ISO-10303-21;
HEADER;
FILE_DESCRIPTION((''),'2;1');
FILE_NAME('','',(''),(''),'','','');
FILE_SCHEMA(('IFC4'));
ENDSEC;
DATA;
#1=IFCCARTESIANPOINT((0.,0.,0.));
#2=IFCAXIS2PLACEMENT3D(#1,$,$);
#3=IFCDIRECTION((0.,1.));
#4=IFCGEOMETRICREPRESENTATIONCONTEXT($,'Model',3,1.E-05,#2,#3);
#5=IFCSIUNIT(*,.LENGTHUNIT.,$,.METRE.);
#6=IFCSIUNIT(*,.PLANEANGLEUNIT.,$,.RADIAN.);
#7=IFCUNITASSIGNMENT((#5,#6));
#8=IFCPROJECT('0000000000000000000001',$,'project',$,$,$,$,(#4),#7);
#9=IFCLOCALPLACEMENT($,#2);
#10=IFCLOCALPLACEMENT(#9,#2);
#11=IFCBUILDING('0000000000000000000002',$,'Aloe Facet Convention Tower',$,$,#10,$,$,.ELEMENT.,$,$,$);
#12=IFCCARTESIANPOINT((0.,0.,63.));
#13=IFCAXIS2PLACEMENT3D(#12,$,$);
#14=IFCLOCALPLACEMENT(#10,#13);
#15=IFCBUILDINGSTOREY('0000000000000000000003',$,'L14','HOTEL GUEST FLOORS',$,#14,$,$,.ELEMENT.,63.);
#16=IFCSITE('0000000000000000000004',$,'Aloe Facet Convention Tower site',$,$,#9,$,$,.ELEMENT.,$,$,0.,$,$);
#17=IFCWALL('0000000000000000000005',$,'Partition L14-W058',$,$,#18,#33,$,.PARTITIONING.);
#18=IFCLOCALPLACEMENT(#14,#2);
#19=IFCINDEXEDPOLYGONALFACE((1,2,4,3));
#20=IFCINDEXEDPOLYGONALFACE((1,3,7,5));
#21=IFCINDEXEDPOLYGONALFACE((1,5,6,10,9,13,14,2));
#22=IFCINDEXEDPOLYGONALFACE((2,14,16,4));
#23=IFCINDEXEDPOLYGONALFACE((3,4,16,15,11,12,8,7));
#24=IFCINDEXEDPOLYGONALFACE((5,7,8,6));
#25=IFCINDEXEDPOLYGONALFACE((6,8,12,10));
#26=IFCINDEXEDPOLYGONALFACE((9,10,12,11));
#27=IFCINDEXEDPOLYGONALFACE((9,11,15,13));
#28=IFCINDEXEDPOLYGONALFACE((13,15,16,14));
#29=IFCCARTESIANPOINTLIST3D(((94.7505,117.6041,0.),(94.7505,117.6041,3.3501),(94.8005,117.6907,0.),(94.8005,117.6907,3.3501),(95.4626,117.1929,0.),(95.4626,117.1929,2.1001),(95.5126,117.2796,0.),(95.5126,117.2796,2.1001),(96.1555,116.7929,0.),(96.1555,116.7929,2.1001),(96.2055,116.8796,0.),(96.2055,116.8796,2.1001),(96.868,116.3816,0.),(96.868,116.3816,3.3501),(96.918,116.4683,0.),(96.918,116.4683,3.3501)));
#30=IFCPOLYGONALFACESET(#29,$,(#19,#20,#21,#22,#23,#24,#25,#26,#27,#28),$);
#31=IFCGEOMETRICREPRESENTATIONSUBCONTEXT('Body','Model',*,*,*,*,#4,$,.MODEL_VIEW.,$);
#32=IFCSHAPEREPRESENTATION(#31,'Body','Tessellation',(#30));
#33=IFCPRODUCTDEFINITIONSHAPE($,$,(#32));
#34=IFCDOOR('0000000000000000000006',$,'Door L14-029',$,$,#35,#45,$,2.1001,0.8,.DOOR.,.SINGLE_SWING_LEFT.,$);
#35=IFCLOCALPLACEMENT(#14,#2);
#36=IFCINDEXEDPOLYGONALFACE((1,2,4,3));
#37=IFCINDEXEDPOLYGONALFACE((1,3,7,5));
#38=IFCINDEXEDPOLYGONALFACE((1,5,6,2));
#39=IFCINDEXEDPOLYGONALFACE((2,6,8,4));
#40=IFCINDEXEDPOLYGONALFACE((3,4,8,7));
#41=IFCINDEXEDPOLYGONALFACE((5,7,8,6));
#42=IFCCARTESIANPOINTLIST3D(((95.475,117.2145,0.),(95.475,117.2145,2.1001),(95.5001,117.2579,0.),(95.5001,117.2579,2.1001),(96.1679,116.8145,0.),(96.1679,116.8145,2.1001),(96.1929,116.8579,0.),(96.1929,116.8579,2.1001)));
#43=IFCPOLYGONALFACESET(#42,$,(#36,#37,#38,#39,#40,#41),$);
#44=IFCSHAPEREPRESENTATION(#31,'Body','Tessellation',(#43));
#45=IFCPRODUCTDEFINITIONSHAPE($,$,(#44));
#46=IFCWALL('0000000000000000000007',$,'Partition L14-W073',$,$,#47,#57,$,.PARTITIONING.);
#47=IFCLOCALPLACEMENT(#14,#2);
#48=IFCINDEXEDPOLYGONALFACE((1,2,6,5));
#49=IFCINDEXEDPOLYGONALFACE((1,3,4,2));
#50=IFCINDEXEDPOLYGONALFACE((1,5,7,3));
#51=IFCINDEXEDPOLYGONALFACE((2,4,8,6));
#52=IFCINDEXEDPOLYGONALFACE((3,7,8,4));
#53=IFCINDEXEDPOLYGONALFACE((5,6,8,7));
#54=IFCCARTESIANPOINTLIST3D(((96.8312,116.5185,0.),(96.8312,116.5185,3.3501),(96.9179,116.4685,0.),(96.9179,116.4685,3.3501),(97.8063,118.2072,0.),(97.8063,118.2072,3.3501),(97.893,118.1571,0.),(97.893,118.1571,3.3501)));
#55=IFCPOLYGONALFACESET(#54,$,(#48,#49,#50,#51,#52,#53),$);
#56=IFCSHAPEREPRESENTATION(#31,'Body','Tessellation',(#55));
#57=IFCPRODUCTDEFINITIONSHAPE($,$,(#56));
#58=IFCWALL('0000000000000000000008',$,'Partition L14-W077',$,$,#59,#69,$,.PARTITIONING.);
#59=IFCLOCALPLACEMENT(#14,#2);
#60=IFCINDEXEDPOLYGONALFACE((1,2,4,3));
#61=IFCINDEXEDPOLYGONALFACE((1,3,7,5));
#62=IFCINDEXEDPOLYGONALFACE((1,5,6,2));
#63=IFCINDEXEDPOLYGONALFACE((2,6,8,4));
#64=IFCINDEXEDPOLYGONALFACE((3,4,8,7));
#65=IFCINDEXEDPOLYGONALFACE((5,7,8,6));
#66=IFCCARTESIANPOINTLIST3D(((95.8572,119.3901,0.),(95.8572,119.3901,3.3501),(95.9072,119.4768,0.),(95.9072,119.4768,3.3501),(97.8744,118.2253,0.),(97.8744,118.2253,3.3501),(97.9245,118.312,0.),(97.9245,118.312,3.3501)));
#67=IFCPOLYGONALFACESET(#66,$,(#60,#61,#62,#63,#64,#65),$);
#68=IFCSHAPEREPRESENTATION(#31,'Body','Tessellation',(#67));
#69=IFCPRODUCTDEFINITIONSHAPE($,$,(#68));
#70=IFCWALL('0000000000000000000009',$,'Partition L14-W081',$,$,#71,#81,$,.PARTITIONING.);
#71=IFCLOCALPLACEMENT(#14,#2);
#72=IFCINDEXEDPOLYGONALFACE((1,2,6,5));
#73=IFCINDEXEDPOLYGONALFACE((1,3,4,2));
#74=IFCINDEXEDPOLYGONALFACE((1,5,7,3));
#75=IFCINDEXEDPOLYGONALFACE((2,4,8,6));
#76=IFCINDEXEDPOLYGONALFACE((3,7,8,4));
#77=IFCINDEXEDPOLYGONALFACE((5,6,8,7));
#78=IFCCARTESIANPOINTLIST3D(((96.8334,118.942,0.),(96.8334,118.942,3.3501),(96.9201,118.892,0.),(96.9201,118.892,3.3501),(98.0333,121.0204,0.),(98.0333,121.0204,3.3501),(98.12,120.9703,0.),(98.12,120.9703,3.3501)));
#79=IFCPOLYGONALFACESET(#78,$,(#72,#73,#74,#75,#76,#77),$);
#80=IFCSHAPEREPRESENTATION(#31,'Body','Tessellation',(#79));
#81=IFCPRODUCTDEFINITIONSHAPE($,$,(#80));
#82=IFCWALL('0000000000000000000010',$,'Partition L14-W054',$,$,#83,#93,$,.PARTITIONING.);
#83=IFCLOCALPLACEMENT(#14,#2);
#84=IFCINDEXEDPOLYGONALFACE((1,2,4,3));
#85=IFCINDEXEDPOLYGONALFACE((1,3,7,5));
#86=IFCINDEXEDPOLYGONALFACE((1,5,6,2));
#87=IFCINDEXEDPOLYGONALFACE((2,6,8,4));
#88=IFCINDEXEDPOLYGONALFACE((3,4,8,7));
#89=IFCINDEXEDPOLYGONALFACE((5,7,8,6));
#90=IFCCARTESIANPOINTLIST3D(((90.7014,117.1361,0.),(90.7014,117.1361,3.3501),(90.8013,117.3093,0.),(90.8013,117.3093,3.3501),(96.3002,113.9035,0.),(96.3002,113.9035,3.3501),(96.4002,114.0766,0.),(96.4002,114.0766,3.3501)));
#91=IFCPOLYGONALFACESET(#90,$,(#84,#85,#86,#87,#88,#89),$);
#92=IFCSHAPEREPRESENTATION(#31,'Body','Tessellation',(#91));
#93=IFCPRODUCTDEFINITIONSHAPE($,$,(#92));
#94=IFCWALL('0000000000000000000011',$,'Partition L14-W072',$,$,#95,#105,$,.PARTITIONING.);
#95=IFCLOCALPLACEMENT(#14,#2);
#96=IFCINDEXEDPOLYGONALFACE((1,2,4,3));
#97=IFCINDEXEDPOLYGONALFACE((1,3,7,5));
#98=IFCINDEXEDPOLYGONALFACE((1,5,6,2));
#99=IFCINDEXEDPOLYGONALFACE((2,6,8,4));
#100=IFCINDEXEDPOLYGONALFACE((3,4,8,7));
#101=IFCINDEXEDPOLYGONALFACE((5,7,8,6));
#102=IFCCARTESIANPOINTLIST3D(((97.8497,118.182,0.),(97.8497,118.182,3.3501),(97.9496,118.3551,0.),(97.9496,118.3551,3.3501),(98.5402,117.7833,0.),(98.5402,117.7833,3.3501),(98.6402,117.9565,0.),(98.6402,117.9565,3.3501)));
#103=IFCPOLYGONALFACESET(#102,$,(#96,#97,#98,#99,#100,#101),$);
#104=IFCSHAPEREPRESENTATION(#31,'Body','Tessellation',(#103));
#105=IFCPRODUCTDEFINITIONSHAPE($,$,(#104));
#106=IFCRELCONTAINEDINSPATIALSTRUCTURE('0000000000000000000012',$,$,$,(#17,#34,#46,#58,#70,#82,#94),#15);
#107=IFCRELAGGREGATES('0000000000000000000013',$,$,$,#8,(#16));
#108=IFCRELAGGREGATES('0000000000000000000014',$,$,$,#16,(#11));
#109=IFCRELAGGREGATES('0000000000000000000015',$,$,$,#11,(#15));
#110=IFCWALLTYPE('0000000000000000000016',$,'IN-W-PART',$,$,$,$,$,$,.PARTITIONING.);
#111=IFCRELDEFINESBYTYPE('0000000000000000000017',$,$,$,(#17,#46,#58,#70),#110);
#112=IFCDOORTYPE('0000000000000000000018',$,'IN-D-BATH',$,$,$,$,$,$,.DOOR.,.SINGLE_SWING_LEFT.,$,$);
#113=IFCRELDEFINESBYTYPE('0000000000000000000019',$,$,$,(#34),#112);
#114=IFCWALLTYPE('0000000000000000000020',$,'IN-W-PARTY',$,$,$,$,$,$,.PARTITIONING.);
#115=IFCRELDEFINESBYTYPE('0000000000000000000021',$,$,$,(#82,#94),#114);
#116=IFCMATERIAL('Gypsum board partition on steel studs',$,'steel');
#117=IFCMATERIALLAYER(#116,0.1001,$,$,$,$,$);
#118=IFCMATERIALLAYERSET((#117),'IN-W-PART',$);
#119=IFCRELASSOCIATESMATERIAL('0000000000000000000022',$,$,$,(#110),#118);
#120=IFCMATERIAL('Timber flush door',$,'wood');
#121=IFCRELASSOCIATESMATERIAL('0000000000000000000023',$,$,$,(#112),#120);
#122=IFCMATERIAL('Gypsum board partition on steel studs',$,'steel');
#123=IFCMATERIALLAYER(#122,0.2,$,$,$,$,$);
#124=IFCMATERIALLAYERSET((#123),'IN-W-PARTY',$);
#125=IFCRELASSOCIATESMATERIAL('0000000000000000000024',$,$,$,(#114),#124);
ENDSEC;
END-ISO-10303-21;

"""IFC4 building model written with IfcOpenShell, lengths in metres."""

from ifc_helpers import new_model, si_unit, direction, frame, frame_2d, origin, place, context, subcontext, project, spatial, rectangle, extrude, material, layer, layer_set, type_object, element, fill, save


model = new_model("IFC4")

# Units and contexts
model_context = context("Model", 3, precision=1e-05, world=origin(), true_north=direction((0.0, 1.0)))
body_context = subcontext(model_context, "Body", "Model", "MODEL_VIEW")
ifc_project = project(units=[si_unit("LENGTHUNIT", "METRE"), si_unit("PLANEANGLEUNIT", "RADIAN")], contexts=[model_context])

# Site, building, storey
site_placement = place(None, origin())
site = spatial("IfcSite", under=ifc_project, at=site_placement, Name="Aloe Facet Convention Tower site", CompositionType="ELEMENT", RefElevation=0.0)
building_placement = place(site_placement, origin())
building = spatial("IfcBuilding", under=site, at=building_placement, Name="Aloe Facet Convention Tower", CompositionType="ELEMENT")
storey_placement = place(building_placement, frame((0.0, 0.0, 63.0)))
storey = spatial("IfcBuildingStorey", under=building, at=storey_placement, Name="L14", Description="HOTEL GUEST FLOORS", CompositionType="ELEMENT", Elevation=63.0)

# Wall, opening, door
ifc_material_1 = material(Name="Gypsum board partition on steel studs", Category="steel")
ifc_layer_1 = layer(ifc_material_1, 0.1001)
ifc_layer_set_1 = layer_set([ifc_layer_1], Name="IN-W-PART")
wall_type_1 = type_object("IfcWallType", Name="IN-W-PART", PredefinedType="PARTITIONING", material=ifc_layer_set_1)
wall_1_placement = place(storey_placement, frame((94.7754, 117.6475, 0.0), z_axis=(0.0, 0.0, 1.0), x_axis=(0.866041, -0.499973, 0.0)))
wall_1 = element("IfcWall", 1, at=wall_1_placement, inside=storey, type_object=wall_type_1, Name="Partition L14-W058", PredefinedType="PARTITIONING", context=body_context, shape_type="SweptSolid", body=[
    extrude(rectangle(XDim=2.4451, YDim=0.1001, at=frame_2d((1.2227, 0.0))), origin(), (0.0, 0.0, 1.0), 3.3501),
])
opening_1_placement = place(wall_1_placement, frame((0.8225, 0.0, 0.0)))
opening_1 = element("IfcOpeningElement", 2, at=opening_1_placement, cuts=wall_1, PredefinedType="OPENING", context=body_context, shape_type="SweptSolid", body=[
    extrude(rectangle(XDim=0.8, YDim=2.1001, at=frame_2d((0.3999, 1.05))), frame((0.0, 0.0601, 0.0), z_axis=(0.0, -1.0, 0.0), x_axis=(1.0, 0.0, 0.0)), (0.0, 0.0, 1.0), 0.1201),
])
ifc_material_2 = material(Name="Timber flush door", Category="wood")
door_type_1 = type_object("IfcDoorType", Name="IN-D-BATH", OperationType="SINGLE_SWING_LEFT", PredefinedType="DOOR", material=ifc_material_2)
door_1_placement = place(opening_1_placement, origin())
door_1 = element("IfcDoor", 3, at=door_1_placement, inside=storey, type_object=door_type_1, Name="Door L14-029", OperationType="SINGLE_SWING_LEFT", OverallHeight=2.1001, OverallWidth=0.8, PredefinedType="DOOR", context=body_context, shape_type="SweptSolid", body=[
    extrude(rectangle(XDim=0.8, YDim=2.1001, at=frame_2d((0.3999, 1.05))), frame((0.0, 0.0249, 0.0), z_axis=(0.0, -1.0, 0.0), x_axis=(1.0, 0.0, 0.0)), (0.0, 0.0, 1.0), 0.05),
])
fill(opening_1, door_1)

# Walls
wall_2_placement = place(storey_placement, frame((96.8745, 116.4934, 0.0), z_axis=(0.0, 0.0, 1.0), x_axis=(0.500044, 0.866, 0.0)))
element("IfcWall", 4, at=wall_2_placement, inside=storey, type_object=wall_type_1, Name="Partition L14-W073", PredefinedType="PARTITIONING", context=body_context, shape_type="SweptSolid", body=[
    extrude(rectangle(XDim=1.95, YDim=0.1001, at=frame_2d((0.9751, 0.0))), origin(), (0.0, 0.0, 1.0), 3.3501),
])
wall_3_placement = place(storey_placement, frame((95.8823, 119.4333, 0.0), z_axis=(0.0, 0.0, 1.0), x_axis=(0.866009, -0.500028, 0.0)))
element("IfcWall", 5, at=wall_3_placement, inside=storey, type_object=wall_type_1, Name="Partition L14-W077", PredefinedType="PARTITIONING", context=body_context, shape_type="SweptSolid", body=[
    extrude(rectangle(XDim=2.3293, YDim=0.1001, at=frame_2d((1.1646, 0.0))), origin(), (0.0, 0.0, 1.0), 3.3501),
])
wall_4_placement = place(storey_placement, frame((96.8767, 118.917, 0.0), z_axis=(0.0, 0.0, 1.0), x_axis=(0.500001, 0.866025, 0.0)))
element("IfcWall", 6, at=wall_4_placement, inside=storey, type_object=wall_type_1, Name="Partition L14-W081", PredefinedType="PARTITIONING", context=body_context, shape_type="SweptSolid", body=[
    extrude(rectangle(XDim=2.3999, YDim=0.1001, at=frame_2d((1.2, 0.0))), origin(), (0.0, 0.0, 1.0), 3.3501),
])
ifc_material_3 = material(Name="Gypsum board partition on steel studs", Category="steel")
ifc_layer_2 = layer(ifc_material_3, 0.2)
ifc_layer_set_2 = layer_set([ifc_layer_2], Name="IN-W-PARTY")
wall_type_2 = type_object("IfcWallType", Name="IN-W-PARTY", PredefinedType="PARTITIONING", material=ifc_layer_set_2)
wall_5_placement = place(storey_placement, frame((90.7515, 117.2227, 0.0), z_axis=(0.0, 0.0, 1.0), x_axis=(0.866015, -0.500018, 0.0)))
element("IfcWall", 7, at=wall_5_placement, inside=storey, type_object=wall_type_2, Name="Partition L14-W054", PredefinedType="PARTITIONING", context=body_context, shape_type="SweptSolid", body=[
    extrude(rectangle(XDim=6.4651, YDim=0.2, at=frame_2d((3.2324, 0.0))), origin(), (0.0, 0.0, 1.0), 3.3501),
])
wall_6_placement = place(storey_placement, frame((97.8997, 118.2686, 0.0), z_axis=(0.0, 0.0, 1.0), x_axis=(0.866068, -0.499926, 0.0)))
element("IfcWall", 8, at=wall_6_placement, inside=storey, type_object=wall_type_2, Name="Partition L14-W072", PredefinedType="PARTITIONING", context=body_context, shape_type="SweptSolid", body=[
    extrude(rectangle(XDim=0.7974, YDim=0.2, at=frame_2d((0.3987, 0.0))), origin(), (0.0, 0.0, 1.0), 3.3501),
])

save(model, "model.ifc")
